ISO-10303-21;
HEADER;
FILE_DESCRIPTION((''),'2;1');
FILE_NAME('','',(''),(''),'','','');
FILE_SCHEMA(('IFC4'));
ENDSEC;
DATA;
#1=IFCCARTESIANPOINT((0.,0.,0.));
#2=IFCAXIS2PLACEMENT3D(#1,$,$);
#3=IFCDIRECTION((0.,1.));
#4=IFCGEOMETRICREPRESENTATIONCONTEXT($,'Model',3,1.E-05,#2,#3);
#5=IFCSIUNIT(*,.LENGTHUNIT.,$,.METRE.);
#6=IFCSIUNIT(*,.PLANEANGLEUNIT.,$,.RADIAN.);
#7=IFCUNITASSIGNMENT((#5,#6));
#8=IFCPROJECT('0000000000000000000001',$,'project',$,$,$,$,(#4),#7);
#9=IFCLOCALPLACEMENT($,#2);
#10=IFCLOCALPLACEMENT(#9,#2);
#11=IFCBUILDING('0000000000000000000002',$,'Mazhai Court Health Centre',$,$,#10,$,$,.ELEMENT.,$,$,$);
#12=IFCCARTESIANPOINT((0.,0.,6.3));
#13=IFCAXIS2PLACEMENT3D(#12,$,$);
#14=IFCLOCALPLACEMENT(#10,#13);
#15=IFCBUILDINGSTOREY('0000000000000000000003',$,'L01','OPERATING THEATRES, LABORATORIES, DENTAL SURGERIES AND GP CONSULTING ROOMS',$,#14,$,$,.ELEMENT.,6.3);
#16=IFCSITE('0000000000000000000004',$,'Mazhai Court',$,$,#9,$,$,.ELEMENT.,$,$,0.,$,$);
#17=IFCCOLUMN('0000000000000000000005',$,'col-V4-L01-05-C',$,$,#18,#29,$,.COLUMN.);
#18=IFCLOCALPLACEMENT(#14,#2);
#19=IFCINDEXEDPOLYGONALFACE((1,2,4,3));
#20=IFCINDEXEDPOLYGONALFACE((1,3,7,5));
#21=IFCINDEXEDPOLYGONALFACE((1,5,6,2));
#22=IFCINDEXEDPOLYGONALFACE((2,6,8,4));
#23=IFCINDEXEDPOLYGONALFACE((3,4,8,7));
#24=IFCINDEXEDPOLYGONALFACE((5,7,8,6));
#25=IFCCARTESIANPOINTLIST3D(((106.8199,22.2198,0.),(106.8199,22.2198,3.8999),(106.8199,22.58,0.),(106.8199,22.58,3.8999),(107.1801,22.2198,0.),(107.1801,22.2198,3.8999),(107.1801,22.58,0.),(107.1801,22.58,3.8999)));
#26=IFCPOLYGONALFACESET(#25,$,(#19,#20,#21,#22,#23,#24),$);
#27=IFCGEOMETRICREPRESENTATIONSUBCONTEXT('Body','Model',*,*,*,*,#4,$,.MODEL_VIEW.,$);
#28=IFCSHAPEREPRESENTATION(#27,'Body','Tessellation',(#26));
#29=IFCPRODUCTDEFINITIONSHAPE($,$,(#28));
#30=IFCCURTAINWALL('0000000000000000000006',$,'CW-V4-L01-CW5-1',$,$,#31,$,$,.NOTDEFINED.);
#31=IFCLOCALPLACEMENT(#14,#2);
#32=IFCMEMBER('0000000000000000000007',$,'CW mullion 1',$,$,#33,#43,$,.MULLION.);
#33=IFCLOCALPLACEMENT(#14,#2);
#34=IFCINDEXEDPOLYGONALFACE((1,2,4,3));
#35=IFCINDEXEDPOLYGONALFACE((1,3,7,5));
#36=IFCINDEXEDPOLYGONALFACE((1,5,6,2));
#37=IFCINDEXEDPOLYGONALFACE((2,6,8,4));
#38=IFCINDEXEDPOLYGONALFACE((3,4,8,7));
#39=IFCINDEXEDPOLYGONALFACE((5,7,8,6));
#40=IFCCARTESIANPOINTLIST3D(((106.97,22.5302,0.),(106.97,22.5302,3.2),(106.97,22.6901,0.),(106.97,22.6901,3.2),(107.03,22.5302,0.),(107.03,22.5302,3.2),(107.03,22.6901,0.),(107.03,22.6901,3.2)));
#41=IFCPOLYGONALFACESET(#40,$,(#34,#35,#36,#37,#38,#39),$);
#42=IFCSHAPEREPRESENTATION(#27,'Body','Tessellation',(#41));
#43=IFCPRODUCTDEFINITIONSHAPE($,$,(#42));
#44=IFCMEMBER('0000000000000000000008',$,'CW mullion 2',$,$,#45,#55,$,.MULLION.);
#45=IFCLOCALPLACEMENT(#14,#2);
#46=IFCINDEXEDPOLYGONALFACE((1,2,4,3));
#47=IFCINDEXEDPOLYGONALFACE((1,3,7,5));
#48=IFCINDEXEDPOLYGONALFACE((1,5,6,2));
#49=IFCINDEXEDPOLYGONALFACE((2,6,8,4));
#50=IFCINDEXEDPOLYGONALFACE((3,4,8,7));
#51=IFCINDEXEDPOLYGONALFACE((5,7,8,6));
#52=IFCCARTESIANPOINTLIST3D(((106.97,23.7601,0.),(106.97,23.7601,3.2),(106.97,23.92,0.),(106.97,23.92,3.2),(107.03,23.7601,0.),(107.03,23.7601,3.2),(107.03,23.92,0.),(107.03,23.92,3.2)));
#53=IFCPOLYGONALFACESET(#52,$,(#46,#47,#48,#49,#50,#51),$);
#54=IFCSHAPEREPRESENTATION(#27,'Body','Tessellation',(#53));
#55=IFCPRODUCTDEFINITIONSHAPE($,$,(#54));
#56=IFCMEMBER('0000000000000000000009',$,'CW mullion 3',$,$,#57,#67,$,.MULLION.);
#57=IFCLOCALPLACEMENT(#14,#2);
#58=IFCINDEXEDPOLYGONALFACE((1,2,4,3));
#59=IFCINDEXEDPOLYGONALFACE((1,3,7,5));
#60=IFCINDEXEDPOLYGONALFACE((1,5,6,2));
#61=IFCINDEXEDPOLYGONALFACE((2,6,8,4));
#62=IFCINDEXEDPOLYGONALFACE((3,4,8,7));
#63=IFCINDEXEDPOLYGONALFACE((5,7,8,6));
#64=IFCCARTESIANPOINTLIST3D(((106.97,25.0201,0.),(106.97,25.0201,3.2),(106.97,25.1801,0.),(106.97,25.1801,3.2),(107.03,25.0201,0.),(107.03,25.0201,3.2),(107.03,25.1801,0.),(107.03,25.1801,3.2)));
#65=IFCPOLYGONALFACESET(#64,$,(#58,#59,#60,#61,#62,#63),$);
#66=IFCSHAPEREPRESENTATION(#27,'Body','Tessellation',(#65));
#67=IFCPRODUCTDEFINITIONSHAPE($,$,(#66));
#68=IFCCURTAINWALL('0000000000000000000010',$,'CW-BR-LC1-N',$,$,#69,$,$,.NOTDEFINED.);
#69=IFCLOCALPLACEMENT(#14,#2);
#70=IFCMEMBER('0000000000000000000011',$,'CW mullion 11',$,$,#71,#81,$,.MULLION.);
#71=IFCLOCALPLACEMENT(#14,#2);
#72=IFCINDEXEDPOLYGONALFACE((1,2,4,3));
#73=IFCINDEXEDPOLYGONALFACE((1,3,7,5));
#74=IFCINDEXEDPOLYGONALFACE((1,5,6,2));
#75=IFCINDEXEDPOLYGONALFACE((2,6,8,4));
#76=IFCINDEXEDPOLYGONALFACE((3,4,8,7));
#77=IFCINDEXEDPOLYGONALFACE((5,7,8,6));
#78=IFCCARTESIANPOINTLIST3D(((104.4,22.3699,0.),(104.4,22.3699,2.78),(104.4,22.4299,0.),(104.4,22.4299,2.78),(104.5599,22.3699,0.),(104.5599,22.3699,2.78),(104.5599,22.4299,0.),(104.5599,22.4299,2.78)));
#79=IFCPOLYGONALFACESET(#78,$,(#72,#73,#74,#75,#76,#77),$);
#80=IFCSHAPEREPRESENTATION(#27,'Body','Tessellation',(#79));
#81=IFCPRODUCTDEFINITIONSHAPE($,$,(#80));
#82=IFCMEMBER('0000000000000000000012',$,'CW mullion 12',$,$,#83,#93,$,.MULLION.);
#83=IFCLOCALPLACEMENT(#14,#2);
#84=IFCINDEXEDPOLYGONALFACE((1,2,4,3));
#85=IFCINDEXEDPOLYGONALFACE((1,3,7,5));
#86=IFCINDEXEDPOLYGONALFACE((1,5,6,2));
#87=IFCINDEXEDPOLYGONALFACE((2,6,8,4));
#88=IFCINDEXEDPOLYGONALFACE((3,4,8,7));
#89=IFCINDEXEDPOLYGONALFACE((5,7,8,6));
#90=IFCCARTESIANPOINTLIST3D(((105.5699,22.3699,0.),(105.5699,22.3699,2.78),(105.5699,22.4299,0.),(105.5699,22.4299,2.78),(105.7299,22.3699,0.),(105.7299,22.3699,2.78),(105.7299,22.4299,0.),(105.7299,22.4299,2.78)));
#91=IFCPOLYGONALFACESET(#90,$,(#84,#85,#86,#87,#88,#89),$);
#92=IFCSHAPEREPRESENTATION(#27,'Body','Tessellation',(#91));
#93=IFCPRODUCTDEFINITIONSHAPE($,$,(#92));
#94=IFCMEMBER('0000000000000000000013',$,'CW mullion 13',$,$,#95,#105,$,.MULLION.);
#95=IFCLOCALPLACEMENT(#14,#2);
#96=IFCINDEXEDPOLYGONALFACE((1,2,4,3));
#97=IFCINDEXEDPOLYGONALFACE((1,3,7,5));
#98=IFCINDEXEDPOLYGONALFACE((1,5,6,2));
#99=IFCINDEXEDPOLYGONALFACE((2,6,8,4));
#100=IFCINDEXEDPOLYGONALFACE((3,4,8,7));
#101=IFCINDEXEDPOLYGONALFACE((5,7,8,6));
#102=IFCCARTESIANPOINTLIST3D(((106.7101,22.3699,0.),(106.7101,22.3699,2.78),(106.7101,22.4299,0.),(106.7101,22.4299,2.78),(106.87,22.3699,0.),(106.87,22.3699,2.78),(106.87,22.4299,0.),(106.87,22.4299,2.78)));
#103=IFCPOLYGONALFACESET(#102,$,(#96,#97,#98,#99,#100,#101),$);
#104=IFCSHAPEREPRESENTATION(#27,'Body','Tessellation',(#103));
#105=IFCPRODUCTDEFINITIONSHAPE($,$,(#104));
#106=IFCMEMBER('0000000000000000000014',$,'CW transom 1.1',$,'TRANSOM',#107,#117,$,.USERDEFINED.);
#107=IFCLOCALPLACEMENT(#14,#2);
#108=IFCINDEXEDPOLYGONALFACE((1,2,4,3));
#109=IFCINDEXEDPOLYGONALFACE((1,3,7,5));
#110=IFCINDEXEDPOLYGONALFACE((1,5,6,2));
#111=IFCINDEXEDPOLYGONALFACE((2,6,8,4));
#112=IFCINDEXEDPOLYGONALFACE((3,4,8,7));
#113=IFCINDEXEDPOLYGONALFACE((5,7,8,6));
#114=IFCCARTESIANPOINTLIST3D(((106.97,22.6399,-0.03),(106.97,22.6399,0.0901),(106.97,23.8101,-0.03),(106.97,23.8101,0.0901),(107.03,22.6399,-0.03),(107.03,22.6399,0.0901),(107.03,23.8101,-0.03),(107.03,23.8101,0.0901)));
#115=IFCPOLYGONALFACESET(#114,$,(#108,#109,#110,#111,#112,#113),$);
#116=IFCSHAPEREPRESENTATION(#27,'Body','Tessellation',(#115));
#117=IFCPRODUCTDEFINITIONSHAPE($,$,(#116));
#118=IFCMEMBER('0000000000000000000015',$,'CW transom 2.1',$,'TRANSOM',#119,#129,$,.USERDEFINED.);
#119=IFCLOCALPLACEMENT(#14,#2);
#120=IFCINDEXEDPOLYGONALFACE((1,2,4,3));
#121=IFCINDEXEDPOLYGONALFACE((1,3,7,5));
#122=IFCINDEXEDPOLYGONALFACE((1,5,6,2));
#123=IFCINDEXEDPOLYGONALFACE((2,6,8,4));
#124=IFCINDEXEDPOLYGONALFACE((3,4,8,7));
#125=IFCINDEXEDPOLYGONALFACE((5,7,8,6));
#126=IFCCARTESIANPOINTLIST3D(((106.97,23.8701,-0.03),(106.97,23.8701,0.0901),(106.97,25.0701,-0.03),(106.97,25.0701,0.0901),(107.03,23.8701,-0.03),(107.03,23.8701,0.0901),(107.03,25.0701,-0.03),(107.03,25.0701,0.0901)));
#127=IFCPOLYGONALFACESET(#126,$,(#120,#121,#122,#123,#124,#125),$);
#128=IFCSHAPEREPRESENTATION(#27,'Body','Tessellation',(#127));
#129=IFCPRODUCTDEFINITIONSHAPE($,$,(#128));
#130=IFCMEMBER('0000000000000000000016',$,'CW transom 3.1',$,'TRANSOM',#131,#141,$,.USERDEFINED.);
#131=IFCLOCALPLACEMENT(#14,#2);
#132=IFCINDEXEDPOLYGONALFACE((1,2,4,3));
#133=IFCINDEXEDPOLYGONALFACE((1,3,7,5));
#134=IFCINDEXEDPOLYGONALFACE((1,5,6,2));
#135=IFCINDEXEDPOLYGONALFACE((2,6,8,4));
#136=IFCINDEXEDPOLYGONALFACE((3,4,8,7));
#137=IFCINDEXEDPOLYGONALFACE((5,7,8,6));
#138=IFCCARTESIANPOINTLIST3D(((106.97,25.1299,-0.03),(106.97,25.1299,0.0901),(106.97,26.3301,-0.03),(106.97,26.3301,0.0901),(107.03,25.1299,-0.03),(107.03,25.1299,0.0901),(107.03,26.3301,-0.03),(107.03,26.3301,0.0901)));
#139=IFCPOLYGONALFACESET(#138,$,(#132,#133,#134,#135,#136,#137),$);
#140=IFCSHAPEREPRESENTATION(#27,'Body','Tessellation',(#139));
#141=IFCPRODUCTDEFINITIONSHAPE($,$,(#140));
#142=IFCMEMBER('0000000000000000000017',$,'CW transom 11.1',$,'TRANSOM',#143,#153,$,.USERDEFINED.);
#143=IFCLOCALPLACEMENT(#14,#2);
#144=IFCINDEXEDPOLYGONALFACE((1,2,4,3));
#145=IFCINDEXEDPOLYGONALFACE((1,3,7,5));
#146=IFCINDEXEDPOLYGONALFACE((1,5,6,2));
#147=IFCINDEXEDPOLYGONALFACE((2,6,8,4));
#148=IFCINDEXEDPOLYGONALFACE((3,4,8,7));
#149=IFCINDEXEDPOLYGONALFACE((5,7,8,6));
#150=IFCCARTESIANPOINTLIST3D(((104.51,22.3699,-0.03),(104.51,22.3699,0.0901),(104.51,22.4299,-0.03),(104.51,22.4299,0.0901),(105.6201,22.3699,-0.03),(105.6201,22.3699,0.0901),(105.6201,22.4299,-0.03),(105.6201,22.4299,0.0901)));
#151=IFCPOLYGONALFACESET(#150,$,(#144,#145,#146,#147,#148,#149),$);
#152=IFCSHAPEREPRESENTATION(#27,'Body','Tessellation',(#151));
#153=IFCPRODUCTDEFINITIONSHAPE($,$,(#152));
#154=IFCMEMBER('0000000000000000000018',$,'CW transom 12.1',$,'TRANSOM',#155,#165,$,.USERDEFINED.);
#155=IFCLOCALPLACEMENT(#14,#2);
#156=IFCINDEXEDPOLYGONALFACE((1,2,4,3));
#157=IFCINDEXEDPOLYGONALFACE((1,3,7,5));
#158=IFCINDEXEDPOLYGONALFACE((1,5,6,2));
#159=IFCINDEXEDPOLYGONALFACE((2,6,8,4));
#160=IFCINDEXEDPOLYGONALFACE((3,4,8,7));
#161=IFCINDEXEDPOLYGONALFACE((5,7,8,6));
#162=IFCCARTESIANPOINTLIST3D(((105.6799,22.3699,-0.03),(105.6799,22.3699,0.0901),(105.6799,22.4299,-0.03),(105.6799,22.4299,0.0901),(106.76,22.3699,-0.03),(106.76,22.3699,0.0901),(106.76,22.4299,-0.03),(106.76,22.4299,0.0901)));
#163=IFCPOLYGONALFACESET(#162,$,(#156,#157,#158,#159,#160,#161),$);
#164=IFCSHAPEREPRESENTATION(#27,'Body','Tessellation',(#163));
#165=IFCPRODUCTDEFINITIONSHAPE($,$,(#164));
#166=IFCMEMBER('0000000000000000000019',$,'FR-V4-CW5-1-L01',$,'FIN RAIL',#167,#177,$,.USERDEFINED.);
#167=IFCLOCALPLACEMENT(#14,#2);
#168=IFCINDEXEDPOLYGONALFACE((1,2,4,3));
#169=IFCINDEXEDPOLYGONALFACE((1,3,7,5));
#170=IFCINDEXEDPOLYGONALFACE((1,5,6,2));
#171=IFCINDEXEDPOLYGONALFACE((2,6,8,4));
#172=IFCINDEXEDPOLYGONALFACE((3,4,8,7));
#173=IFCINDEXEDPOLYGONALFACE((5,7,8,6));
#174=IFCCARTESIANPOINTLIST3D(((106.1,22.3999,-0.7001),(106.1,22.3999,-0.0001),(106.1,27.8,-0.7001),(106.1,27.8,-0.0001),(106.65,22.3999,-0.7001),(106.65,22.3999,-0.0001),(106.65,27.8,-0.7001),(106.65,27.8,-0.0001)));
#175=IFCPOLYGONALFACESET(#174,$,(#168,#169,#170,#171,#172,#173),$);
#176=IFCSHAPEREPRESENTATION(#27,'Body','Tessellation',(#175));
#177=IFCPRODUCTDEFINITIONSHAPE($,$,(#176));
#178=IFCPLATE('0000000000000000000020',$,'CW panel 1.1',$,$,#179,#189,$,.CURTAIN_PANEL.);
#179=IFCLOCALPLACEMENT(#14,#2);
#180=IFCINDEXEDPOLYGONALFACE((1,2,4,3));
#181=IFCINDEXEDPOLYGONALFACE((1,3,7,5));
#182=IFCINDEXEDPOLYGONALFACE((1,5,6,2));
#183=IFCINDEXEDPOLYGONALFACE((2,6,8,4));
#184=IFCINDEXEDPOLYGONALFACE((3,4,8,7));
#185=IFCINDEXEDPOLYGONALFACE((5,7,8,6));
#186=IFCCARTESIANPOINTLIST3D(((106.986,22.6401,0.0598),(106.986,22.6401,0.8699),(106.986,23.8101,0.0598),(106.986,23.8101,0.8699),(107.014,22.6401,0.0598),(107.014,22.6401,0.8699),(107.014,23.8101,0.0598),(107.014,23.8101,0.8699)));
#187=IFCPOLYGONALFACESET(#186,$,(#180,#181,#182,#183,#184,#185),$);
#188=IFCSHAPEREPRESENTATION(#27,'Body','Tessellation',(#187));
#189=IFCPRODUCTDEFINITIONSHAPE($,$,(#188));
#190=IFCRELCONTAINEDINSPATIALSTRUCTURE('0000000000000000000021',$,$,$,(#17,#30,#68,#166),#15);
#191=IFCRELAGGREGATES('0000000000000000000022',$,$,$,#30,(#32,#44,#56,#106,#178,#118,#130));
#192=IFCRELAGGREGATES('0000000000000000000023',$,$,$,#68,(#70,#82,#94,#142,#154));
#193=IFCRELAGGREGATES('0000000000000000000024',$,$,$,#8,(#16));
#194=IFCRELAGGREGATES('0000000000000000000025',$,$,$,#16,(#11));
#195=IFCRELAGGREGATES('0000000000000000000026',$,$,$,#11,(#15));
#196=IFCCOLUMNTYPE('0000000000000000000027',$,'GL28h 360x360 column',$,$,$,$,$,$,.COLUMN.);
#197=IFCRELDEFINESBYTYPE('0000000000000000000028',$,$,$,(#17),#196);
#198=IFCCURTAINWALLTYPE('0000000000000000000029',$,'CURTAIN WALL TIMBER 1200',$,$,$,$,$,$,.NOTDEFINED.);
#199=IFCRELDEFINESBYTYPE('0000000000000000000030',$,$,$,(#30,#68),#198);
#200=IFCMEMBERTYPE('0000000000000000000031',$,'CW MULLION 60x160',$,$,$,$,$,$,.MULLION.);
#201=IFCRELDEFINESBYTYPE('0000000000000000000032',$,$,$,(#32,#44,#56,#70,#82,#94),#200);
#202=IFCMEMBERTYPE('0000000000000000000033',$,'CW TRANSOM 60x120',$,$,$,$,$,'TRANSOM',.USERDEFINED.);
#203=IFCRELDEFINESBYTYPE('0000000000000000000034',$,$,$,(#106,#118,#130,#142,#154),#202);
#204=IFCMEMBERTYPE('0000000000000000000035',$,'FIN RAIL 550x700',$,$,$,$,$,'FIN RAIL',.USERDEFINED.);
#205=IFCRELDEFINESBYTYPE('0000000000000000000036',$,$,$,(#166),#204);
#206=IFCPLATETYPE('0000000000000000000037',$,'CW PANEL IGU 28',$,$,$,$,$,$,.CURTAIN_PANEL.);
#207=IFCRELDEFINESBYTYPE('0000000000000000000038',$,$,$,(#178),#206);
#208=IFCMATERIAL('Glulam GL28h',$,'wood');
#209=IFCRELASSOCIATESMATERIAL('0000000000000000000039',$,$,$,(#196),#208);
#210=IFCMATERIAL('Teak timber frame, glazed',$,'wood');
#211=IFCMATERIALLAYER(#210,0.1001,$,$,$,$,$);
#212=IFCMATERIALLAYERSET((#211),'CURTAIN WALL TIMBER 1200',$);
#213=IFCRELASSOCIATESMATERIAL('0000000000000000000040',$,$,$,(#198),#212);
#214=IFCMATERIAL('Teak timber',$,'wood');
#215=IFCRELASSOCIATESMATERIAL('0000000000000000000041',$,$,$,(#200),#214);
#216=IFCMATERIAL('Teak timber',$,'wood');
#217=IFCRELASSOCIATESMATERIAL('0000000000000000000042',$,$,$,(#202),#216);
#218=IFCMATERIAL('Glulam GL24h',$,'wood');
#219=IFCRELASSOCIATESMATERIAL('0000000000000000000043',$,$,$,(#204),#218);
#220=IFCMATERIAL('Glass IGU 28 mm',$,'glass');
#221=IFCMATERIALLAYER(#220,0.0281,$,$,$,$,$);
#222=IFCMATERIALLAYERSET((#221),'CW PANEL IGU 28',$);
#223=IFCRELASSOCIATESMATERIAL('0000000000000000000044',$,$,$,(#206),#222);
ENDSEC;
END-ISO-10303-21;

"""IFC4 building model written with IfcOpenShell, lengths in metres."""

from ifc_helpers import new_model, si_unit, direction, frame, origin, origin_2d, place, context, subcontext, project, spatial, rectangle, extrude, material, layer, layer_set, material_profile, profile_set, type_object, element, aggregate, save


model = new_model("IFC4")

# Units and contexts
model_context = context("Model", 3, precision=1e-05, world=origin(), true_north=direction((0.0, 1.0)))
body_context = subcontext(model_context, "Body", "Model", "MODEL_VIEW")
ifc_project = project(units=[si_unit("LENGTHUNIT", "METRE"), si_unit("PLANEANGLEUNIT", "RADIAN")], contexts=[model_context])

# Site, building, storey
site_placement = place(None, origin())
site = spatial("IfcSite", under=ifc_project, at=site_placement, Name="Mazhai Court", CompositionType="ELEMENT", RefElevation=0.0)
building_placement = place(site_placement, origin())
building = spatial("IfcBuilding", under=site, at=building_placement, Name="Mazhai Court Health Centre", CompositionType="ELEMENT")
storey_placement = place(building_placement, frame((0.0, 0.0, 6.3)))
storey = spatial("IfcBuildingStorey", under=building, at=storey_placement, Name="L01", Description="OPERATING THEATRES, LABORATORIES, DENTAL SURGERIES AND GP CONSULTING ROOMS", CompositionType="ELEMENT", Elevation=6.3)

# Column
ifc_material_1 = material(Name="Glulam GL28h", Category="wood")
ifc_material_profile_1 = material_profile(ifc_material_1, rectangle(XDim=0.3601, YDim=0.3601, at=origin_2d()), Name="GL28h 360x360")
ifc_profile_set_1 = profile_set([ifc_material_profile_1], Name="Glulam GL28h")
column_type = type_object("IfcColumnType", Name="GL28h 360x360 column", PredefinedType="COLUMN", material=ifc_profile_set_1)
column_placement = place(storey_placement, frame((107.0, 22.3999, 0.0), z_axis=(0.0, 0.0, 1.0), x_axis=(1.0, 0.0, 0.0)))
element("IfcColumn", 1, at=column_placement, inside=storey, type_object=column_type, Name="col-V4-L01-05-C", PredefinedType="COLUMN", context=body_context, shape_type="SweptSolid", body=[
    extrude(rectangle(XDim=0.3601, YDim=0.3601, at=origin_2d()), origin(), (0.0, 0.0, 1.0), 3.8999),
])

# Curtain walls, members
ifc_material_2 = material(Name="Teak timber frame, glazed", Category="wood")
ifc_layer_1 = layer(ifc_material_2, 0.1001)
ifc_layer_set_1 = layer_set([ifc_layer_1], Name="CURTAIN WALL TIMBER 1200")
curtain_wall_type = type_object("IfcCurtainWallType", Name="CURTAIN WALL TIMBER 1200", PredefinedType="NOTDEFINED", material=ifc_layer_set_1)
curtain_wall_1_placement = place(storey_placement, origin())
curtain_wall_1 = element("IfcCurtainWall", 2, at=curtain_wall_1_placement, inside=storey, type_object=curtain_wall_type, Name="CW-V4-L01-CW5-1", PredefinedType="NOTDEFINED")
ifc_material_3 = material(Name="Teak timber", Category="wood")
ifc_material_profile_2 = material_profile(ifc_material_3, rectangle(XDim=0.0601, YDim=0.1599, at=origin_2d()), Name="CW MULLION 60x160")
ifc_profile_set_2 = profile_set([ifc_material_profile_2], Name="Teak timber")
member_type_1 = type_object("IfcMemberType", Name="CW MULLION 60x160", PredefinedType="MULLION", material=ifc_profile_set_2)
member_1_placement = place(storey_placement, frame((107.0, 22.6101, 0.0), z_axis=(0.0, 0.0, 1.0), x_axis=(-1.0, 0.0, 0.0)))
member_1 = element("IfcMember", 3, at=member_1_placement, type_object=member_type_1, Name="CW mullion 1", PredefinedType="MULLION", context=body_context, shape_type="SweptSolid", body=[
    extrude(rectangle(XDim=0.0601, YDim=0.1599, at=origin_2d()), origin(), (0.0, 0.0, 1.0), 3.2),
])
member_2_placement = place(storey_placement, frame((107.0, 23.8401, 0.0), z_axis=(0.0, 0.0, 1.0), x_axis=(-1.0, 0.0, 0.0)))
member_2 = element("IfcMember", 4, at=member_2_placement, type_object=member_type_1, Name="CW mullion 2", PredefinedType="MULLION", context=body_context, shape_type="SweptSolid", body=[
    extrude(rectangle(XDim=0.0601, YDim=0.1599, at=origin_2d()), origin(), (0.0, 0.0, 1.0), 3.2),
])
member_3_placement = place(storey_placement, frame((107.0, 25.1001, 0.0), z_axis=(0.0, 0.0, 1.0), x_axis=(-1.0, 0.0, 0.0)))
member_3 = element("IfcMember", 5, at=member_3_placement, type_object=member_type_1, Name="CW mullion 3", PredefinedType="MULLION", context=body_context, shape_type="SweptSolid", body=[
    extrude(rectangle(XDim=0.0601, YDim=0.1599, at=origin_2d()), origin(), (0.0, 0.0, 1.0), 3.2),
])
curtain_wall_2_placement = place(storey_placement, origin())
curtain_wall_2 = element("IfcCurtainWall", 6, at=curtain_wall_2_placement, inside=storey, type_object=curtain_wall_type, Name="CW-BR-LC1-N", PredefinedType="NOTDEFINED")
member_4_placement = place(storey_placement, frame((104.48, 22.3999, 0.0), z_axis=(0.0, 0.0, 1.0), x_axis=(0.0, 1.0, 0.0)))
member_4 = element("IfcMember", 7, at=member_4_placement, type_object=member_type_1, Name="CW mullion 11", PredefinedType="MULLION", context=body_context, shape_type="SweptSolid", body=[
    extrude(rectangle(XDim=0.0601, YDim=0.1599, at=origin_2d()), origin(), (0.0, 0.0, 1.0), 2.78),
])
member_5_placement = place(storey_placement, frame((105.6499, 22.3999, 0.0), z_axis=(0.0, 0.0, 1.0), x_axis=(0.0, 1.0, 0.0)))
member_5 = element("IfcMember", 8, at=member_5_placement, type_object=member_type_1, Name="CW mullion 12", PredefinedType="MULLION", context=body_context, shape_type="SweptSolid", body=[
    extrude(rectangle(XDim=0.0601, YDim=0.1599, at=origin_2d()), origin(), (0.0, 0.0, 1.0), 2.78),
])
member_6_placement = place(storey_placement, frame((106.79, 22.3999, 0.0), z_axis=(0.0, 0.0, 1.0), x_axis=(0.0, 1.0, 0.0)))
member_6 = element("IfcMember", 9, at=member_6_placement, type_object=member_type_1, Name="CW mullion 13", PredefinedType="MULLION", context=body_context, shape_type="SweptSolid", body=[
    extrude(rectangle(XDim=0.0601, YDim=0.1599, at=origin_2d()), origin(), (0.0, 0.0, 1.0), 2.78),
])

# Members
ifc_material_4 = material(Name="Teak timber", Category="wood")
ifc_material_profile_3 = material_profile(ifc_material_4, rectangle(XDim=0.0601, YDim=0.1201, at=origin_2d()), Name="CW TRANSOM 60x120")
ifc_profile_set_3 = profile_set([ifc_material_profile_3], Name="Teak timber")
member_type_2 = type_object("IfcMemberType", Name="CW TRANSOM 60x120", ElementType="TRANSOM", PredefinedType="USERDEFINED", material=ifc_profile_set_3)
member_7_placement = place(storey_placement, frame((107.0, 22.6399, 0.03), z_axis=(0.0, 1.0, 0.0), x_axis=(-1.0, 0.0, 0.0)))
member_7 = element("IfcMember", 10, at=member_7_placement, type_object=member_type_2, Name="CW transom 1.1", ObjectType="TRANSOM", PredefinedType="USERDEFINED", context=body_context, shape_type="SweptSolid", body=[
    extrude(rectangle(XDim=0.0601, YDim=0.1201, at=origin_2d()), origin(), (0.0, 0.0, 1.0), 1.1702),
])
member_8_placement = place(storey_placement, frame((107.0, 23.8701, 0.03), z_axis=(0.0, 1.0, 0.0), x_axis=(-1.0, 0.0, 0.0)))
member_8 = element("IfcMember", 11, at=member_8_placement, type_object=member_type_2, Name="CW transom 2.1", ObjectType="TRANSOM", PredefinedType="USERDEFINED", context=body_context, shape_type="SweptSolid", body=[
    extrude(rectangle(XDim=0.0601, YDim=0.1201, at=origin_2d()), origin(), (0.0, 0.0, 1.0), 1.2),
])
member_9_placement = place(storey_placement, frame((107.0, 25.1299, 0.03), z_axis=(0.0, 1.0, 0.0), x_axis=(-1.0, 0.0, 0.0)))
member_9 = element("IfcMember", 12, at=member_9_placement, type_object=member_type_2, Name="CW transom 3.1", ObjectType="TRANSOM", PredefinedType="USERDEFINED", context=body_context, shape_type="SweptSolid", body=[
    extrude(rectangle(XDim=0.0601, YDim=0.1201, at=origin_2d()), origin(), (0.0, 0.0, 1.0), 1.2002),
])
member_10_placement = place(storey_placement, frame((104.51, 22.3999, 0.03), z_axis=(1.0, 0.0, 0.0), x_axis=(0.0, 1.0, 0.0)))
member_10 = element("IfcMember", 13, at=member_10_placement, type_object=member_type_2, Name="CW transom 11.1", ObjectType="TRANSOM", PredefinedType="USERDEFINED", context=body_context, shape_type="SweptSolid", body=[
    extrude(rectangle(XDim=0.0601, YDim=0.1201, at=origin_2d()), origin(), (0.0, 0.0, 1.0), 1.1101),
])
member_11_placement = place(storey_placement, frame((105.6799, 22.3999, 0.03), z_axis=(1.0, 0.0, 0.0), x_axis=(0.0, 1.0, 0.0)))
member_11 = element("IfcMember", 14, at=member_11_placement, type_object=member_type_2, Name="CW transom 12.1", ObjectType="TRANSOM", PredefinedType="USERDEFINED", context=body_context, shape_type="SweptSolid", body=[
    extrude(rectangle(XDim=0.0601, YDim=0.1201, at=origin_2d()), origin(), (0.0, 0.0, 1.0), 1.0801),
])
ifc_material_5 = material(Name="Glulam GL24h", Category="wood")
ifc_material_profile_4 = material_profile(ifc_material_5, rectangle(XDim=0.55, YDim=0.7, at=origin_2d()), Name="FIN RAIL 550x700")
ifc_profile_set_4 = profile_set([ifc_material_profile_4], Name="Glulam GL24h")
member_type_3 = type_object("IfcMemberType", Name="FIN RAIL 550x700", ElementType="FIN RAIL", PredefinedType="USERDEFINED", material=ifc_profile_set_4)
member_12_placement = place(storey_placement, frame((106.375, 22.3999, -0.3501), z_axis=(0.0, 1.0, 0.0), x_axis=(-1.0, 0.0, 0.0)))
element("IfcMember", 15, at=member_12_placement, inside=storey, type_object=member_type_3, Name="FR-V4-CW5-1-L01", ObjectType="FIN RAIL", PredefinedType="USERDEFINED", context=body_context, shape_type="SweptSolid", body=[
    extrude(rectangle(XDim=0.55, YDim=0.7, at=origin_2d()), origin(), (0.0, 0.0, 1.0), 5.4001),
])

# Plate
ifc_material_6 = material(Name="Glass IGU 28 mm", Category="glass")
ifc_layer_2 = layer(ifc_material_6, 0.0281)
ifc_layer_set_2 = layer_set([ifc_layer_2], Name="CW PANEL IGU 28")
plate_type = type_object("IfcPlateType", Name="CW PANEL IGU 28", PredefinedType="CURTAIN_PANEL", material=ifc_layer_set_2)
plate_1_placement = place(storey_placement, frame((107.0, 23.2251, 0.0598), z_axis=(0.0, 0.0, 1.0), x_axis=(0.0, 1.0, 0.0)))
plate_1 = element("IfcPlate", 16, at=plate_1_placement, type_object=plate_type, Name="CW panel 1.1", PredefinedType="CURTAIN_PANEL", context=body_context, shape_type="SweptSolid", body=[
    extrude(rectangle(XDim=1.1699, YDim=0.0281, at=origin_2d()), origin(), (0.0, 0.0, 1.0), 0.8101),
])
aggregate(curtain_wall_1, [member_1, member_2, member_3, member_7, plate_1, member_8, member_9])
aggregate(curtain_wall_2, [member_4, member_5, member_6, member_10, member_11])

save(model, "model.ifc")
